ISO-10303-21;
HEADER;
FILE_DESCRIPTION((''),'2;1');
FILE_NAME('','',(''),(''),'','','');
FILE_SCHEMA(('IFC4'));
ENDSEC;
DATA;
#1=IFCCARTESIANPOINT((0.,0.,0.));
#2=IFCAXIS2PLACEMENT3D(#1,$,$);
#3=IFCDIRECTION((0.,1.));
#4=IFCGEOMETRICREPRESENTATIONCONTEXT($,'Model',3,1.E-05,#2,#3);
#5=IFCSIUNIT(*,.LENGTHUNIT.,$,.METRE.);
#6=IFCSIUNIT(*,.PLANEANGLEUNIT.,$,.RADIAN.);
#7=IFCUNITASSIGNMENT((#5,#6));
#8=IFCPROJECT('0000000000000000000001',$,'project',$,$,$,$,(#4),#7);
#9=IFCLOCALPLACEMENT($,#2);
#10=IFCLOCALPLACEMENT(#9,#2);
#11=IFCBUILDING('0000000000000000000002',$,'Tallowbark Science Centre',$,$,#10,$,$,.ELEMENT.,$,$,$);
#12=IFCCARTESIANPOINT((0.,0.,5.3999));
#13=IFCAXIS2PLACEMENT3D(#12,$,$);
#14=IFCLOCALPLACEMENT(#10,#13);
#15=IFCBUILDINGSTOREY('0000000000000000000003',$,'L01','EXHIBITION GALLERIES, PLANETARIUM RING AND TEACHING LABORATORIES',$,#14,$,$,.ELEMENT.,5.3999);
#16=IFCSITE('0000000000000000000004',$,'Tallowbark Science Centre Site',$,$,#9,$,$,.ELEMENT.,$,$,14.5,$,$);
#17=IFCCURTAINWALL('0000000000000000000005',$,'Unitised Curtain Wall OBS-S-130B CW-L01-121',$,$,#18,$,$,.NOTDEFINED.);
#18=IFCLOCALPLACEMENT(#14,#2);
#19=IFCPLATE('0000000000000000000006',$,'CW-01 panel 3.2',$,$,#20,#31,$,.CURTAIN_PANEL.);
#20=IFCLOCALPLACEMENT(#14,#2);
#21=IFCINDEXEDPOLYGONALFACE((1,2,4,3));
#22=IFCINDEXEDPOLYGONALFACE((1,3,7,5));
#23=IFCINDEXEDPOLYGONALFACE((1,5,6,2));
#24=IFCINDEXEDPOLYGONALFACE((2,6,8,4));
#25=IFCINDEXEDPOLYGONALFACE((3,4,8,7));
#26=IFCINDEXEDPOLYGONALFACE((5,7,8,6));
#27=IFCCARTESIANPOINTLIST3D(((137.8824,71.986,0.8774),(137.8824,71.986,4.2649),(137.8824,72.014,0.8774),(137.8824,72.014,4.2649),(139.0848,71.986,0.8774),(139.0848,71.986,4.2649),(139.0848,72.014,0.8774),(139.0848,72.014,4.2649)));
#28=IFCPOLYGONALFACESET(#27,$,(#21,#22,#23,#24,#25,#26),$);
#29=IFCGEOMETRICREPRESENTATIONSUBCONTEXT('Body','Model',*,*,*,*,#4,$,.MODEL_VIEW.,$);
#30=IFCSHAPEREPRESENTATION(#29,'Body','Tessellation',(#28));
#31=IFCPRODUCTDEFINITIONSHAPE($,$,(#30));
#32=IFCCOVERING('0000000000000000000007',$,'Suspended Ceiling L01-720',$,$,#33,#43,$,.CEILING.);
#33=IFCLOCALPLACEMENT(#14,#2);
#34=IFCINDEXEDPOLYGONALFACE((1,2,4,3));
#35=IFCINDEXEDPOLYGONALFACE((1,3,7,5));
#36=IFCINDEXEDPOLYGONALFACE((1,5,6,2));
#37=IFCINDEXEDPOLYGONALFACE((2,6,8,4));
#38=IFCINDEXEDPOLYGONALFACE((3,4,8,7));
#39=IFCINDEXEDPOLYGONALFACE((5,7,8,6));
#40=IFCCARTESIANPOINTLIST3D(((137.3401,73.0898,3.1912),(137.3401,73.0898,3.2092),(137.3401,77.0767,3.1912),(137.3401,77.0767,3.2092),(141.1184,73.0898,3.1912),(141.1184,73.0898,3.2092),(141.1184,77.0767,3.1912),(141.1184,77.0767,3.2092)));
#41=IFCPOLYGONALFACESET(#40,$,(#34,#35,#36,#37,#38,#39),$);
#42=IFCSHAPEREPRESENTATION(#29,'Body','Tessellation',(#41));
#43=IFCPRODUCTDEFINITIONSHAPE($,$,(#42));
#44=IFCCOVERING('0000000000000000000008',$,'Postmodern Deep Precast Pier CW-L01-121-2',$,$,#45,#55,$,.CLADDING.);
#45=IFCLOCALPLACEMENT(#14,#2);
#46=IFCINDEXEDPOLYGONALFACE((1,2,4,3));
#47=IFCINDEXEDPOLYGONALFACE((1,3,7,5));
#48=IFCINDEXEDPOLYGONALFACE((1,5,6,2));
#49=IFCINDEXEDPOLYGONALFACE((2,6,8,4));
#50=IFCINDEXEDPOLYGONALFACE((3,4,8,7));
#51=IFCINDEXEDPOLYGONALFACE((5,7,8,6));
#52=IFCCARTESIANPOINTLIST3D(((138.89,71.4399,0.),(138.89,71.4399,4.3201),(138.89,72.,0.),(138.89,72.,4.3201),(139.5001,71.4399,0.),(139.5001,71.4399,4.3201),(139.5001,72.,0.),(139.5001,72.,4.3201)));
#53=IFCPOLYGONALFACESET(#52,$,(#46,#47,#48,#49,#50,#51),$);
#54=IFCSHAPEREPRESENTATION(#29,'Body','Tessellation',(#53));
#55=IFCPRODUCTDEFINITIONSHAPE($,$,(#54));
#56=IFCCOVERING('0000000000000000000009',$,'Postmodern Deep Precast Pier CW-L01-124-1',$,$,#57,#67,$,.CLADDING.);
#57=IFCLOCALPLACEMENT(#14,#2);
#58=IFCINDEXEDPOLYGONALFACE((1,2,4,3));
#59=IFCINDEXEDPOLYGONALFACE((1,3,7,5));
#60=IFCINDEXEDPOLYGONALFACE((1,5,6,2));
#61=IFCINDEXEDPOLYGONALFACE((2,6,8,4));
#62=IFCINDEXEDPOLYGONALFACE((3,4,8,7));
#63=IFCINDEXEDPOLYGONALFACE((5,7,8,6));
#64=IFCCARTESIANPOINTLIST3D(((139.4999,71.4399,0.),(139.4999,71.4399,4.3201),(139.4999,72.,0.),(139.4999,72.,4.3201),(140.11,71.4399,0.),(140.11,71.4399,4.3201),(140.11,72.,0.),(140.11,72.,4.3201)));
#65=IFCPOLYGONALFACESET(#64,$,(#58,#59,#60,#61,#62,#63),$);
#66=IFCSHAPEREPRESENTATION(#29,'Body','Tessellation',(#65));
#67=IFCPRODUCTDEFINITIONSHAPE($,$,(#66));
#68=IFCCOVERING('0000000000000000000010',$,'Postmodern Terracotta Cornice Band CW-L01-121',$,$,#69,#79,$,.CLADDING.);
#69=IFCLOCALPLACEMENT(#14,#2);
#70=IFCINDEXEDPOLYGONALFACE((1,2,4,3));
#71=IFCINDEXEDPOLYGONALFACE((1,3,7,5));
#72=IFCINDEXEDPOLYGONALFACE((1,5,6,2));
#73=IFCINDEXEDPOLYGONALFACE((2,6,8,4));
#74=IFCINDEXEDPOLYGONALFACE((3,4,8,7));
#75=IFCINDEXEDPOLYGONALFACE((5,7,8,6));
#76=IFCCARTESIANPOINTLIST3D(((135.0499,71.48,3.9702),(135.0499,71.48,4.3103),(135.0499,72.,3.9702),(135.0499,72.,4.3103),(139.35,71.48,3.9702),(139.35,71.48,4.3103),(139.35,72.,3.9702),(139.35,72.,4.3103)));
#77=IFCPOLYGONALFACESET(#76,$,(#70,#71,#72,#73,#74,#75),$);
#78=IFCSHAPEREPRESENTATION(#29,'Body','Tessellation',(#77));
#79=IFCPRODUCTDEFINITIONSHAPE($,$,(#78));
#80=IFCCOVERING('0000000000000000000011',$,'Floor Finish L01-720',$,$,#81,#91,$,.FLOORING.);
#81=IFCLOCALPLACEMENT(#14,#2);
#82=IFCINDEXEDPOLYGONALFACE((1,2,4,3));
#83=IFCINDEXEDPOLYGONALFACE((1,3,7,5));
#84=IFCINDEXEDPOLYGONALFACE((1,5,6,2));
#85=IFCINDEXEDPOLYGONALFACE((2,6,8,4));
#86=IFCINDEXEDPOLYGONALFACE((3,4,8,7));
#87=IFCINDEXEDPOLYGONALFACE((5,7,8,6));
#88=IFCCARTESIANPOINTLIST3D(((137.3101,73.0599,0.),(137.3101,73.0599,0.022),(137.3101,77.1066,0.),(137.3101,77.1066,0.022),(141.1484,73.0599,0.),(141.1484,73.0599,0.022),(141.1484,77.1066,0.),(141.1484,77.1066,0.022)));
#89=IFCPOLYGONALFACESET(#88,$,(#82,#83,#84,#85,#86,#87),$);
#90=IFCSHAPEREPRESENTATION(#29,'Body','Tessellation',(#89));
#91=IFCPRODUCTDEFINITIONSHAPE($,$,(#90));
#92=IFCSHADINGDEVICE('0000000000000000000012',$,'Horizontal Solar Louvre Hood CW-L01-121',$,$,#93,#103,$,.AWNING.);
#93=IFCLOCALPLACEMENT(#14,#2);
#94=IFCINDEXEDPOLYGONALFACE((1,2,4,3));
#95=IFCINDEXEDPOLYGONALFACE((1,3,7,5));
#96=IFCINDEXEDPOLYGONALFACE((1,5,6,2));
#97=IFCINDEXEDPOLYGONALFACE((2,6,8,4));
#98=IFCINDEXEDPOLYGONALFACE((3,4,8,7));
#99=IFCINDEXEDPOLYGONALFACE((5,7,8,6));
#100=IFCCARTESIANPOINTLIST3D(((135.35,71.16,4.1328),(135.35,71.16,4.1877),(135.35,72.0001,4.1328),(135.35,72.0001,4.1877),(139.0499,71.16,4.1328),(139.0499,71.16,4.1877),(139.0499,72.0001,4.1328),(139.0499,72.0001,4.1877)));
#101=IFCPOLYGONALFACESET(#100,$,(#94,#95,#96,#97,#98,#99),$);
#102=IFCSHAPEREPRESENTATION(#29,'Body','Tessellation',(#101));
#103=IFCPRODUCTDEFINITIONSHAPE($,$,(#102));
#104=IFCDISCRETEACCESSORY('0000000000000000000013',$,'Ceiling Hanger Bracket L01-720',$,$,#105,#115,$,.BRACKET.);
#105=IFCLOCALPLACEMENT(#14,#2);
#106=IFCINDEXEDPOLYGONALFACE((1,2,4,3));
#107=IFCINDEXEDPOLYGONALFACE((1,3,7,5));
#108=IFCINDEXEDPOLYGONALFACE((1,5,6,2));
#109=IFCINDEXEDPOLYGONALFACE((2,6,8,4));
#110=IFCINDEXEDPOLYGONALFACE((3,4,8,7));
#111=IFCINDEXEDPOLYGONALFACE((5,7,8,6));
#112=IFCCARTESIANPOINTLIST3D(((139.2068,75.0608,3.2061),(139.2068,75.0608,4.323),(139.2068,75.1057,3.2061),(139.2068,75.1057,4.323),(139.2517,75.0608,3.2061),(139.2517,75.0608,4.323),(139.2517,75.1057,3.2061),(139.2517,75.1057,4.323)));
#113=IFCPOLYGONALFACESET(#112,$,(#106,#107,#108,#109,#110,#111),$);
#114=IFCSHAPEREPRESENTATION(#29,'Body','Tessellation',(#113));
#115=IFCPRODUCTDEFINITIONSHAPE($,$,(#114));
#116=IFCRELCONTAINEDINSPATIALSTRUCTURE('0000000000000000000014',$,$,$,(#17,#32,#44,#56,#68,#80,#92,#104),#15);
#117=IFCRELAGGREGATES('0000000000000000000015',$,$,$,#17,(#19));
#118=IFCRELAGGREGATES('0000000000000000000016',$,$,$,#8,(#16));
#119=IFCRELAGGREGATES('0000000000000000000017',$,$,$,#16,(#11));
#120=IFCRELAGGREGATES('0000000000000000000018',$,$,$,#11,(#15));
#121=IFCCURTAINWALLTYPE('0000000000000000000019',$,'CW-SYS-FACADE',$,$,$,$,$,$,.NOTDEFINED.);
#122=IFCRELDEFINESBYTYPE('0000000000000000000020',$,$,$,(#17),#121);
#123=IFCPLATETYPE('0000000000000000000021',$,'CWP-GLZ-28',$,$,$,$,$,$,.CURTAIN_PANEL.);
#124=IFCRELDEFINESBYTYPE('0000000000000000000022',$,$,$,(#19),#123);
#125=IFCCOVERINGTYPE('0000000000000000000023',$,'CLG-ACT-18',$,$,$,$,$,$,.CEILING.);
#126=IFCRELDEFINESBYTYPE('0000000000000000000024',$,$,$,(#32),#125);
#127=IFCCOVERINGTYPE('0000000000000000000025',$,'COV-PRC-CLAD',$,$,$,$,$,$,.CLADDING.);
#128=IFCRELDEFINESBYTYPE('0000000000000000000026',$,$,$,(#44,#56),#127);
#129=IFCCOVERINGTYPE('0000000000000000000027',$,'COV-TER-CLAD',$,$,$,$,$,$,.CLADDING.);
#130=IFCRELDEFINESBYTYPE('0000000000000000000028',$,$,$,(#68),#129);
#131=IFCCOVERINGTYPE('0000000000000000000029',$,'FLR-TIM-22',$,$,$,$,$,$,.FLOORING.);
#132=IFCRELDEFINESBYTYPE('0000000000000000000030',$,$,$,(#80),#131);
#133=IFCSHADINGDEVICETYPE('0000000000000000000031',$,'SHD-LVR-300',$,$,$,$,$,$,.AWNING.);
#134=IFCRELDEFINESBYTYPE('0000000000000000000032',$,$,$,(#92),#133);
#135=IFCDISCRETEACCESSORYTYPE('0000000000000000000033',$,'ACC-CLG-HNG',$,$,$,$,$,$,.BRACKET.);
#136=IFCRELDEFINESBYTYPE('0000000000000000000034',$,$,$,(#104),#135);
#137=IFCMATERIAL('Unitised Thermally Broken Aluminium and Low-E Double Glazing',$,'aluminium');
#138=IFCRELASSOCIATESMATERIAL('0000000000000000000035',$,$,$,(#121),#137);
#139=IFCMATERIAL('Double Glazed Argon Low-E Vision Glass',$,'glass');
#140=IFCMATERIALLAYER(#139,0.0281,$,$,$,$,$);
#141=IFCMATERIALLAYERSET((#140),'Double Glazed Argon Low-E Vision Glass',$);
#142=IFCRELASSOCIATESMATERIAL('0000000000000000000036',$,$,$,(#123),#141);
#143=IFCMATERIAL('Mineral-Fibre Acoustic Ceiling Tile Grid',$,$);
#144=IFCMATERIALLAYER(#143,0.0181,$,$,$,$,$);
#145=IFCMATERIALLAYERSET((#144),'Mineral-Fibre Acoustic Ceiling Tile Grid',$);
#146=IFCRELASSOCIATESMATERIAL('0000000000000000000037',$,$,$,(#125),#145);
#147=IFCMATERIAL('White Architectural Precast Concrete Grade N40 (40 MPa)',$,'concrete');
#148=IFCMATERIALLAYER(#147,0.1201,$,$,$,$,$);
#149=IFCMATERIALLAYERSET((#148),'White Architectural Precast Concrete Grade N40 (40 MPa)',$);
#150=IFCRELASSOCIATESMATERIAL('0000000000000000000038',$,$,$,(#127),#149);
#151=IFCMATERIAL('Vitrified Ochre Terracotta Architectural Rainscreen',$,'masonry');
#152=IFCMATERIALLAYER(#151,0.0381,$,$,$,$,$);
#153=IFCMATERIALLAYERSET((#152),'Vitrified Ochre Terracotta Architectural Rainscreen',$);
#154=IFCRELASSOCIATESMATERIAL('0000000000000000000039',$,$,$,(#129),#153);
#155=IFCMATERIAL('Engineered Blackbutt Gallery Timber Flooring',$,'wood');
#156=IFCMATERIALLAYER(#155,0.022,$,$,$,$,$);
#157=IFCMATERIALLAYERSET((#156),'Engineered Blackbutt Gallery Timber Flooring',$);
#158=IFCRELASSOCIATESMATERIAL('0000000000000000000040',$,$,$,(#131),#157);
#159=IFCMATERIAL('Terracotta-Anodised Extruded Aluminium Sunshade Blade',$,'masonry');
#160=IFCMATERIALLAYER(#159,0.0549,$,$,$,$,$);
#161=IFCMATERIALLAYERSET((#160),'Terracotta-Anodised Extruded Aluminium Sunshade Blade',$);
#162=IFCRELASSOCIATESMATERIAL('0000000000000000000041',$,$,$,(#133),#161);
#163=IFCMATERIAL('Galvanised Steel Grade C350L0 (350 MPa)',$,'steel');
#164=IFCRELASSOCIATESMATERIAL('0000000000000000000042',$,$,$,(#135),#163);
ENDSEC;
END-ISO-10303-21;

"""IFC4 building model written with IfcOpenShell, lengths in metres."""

from ifc_helpers import new_model, si_unit, direction, frame, origin, origin_2d, place, context, subcontext, project, spatial, rectangle, extrude, material, layer, layer_set, type_object, element, aggregate, save


model = new_model("IFC4")

# Units and contexts
model_context = context("Model", 3, precision=1e-05, world=origin(), true_north=direction((0.0, 1.0)))
body_context = subcontext(model_context, "Body", "Model", "MODEL_VIEW")
ifc_project = project(units=[si_unit("LENGTHUNIT", "METRE"), si_unit("PLANEANGLEUNIT", "RADIAN")], contexts=[model_context])

# Site, building, storey
site_placement = place(None, origin())
site = spatial("IfcSite", under=ifc_project, at=site_placement, Name="Tallowbark Science Centre Site", CompositionType="ELEMENT", RefElevation=14.5)
building_placement = place(site_placement, origin())
building = spatial("IfcBuilding", under=site, at=building_placement, Name="Tallowbark Science Centre", CompositionType="ELEMENT")
storey_placement = place(building_placement, frame((0.0, 0.0, 5.3999)))
storey = spatial("IfcBuildingStorey", under=building, at=storey_placement, Name="L01", Description="EXHIBITION GALLERIES, PLANETARIUM RING AND TEACHING LABORATORIES", CompositionType="ELEMENT", Elevation=5.3999)

# Curtain wall
ifc_material_1 = material(Name="Unitised Thermally Broken Aluminium and Low-E Double Glazing", Category="aluminium")
curtain_wall_type = type_object("IfcCurtainWallType", Name="CW-SYS-FACADE", PredefinedType="NOTDEFINED", material=ifc_material_1)
curtain_wall_placement = place(storey_placement, origin())
curtain_wall = element("IfcCurtainWall", 1, at=curtain_wall_placement, inside=storey, type_object=curtain_wall_type, Name="Unitised Curtain Wall OBS-S-130B CW-L01-121", PredefinedType="NOTDEFINED")

# Plate
ifc_material_2 = material(Name="Double Glazed Argon Low-E Vision Glass", Category="glass")
ifc_layer_1 = layer(ifc_material_2, 0.0281)
ifc_layer_set_1 = layer_set([ifc_layer_1], Name="Double Glazed Argon Low-E Vision Glass")
plate_type = type_object("IfcPlateType", Name="CWP-GLZ-28", PredefinedType="CURTAIN_PANEL", material=ifc_layer_set_1)
plate_1_placement = place(storey_placement, frame((138.4836, 72.0, 0.8774), z_axis=(0.0, 0.0, 1.0), x_axis=(1.0, 0.0, 0.0)))
plate_1 = element("IfcPlate", 2, at=plate_1_placement, type_object=plate_type, Name="CW-01 panel 3.2", PredefinedType="CURTAIN_PANEL", context=body_context, shape_type="SweptSolid", body=[
    extrude(rectangle(XDim=1.2024, YDim=0.0281, at=origin_2d()), origin(), (0.0, 0.0, 1.0), 3.3875),
])
aggregate(curtain_wall, [plate_1])

# Coverings
ifc_material_3 = material(Name="Mineral-Fibre Acoustic Ceiling Tile Grid")
ifc_layer_2 = layer(ifc_material_3, 0.0181)
ifc_layer_set_2 = layer_set([ifc_layer_2], Name="Mineral-Fibre Acoustic Ceiling Tile Grid")
covering_type_1 = type_object("IfcCoveringType", Name="CLG-ACT-18", PredefinedType="CEILING", material=ifc_layer_set_2)
covering_1_placement = place(storey_placement, frame((139.2292, 75.0833, 3.1912), z_axis=(0.0, 0.0, 1.0), x_axis=(1.0, 0.0, 0.0)))
element("IfcCovering", 3, at=covering_1_placement, inside=storey, type_object=covering_type_1, Name="Suspended Ceiling L01-720", PredefinedType="CEILING", context=body_context, shape_type="SweptSolid", body=[
    extrude(rectangle(XDim=3.7783, YDim=3.9868, at=origin_2d()), origin(), (0.0, 0.0, 1.0), 0.0181),
])
ifc_material_4 = material(Name="White Architectural Precast Concrete Grade N40 (40 MPa)", Category="concrete")
ifc_layer_3 = layer(ifc_material_4, 0.1201)
ifc_layer_set_3 = layer_set([ifc_layer_3], Name="White Architectural Precast Concrete Grade N40 (40 MPa)")
covering_type_2 = type_object("IfcCoveringType", Name="COV-PRC-CLAD", PredefinedType="CLADDING", material=ifc_layer_set_3)
for number, where, z_axis, x_axis, name in (
    (4, (139.1951, 71.72, 0.0), (0.0, 0.0, 1.0), (1.0, 0.0, 0.0), "Postmodern Deep Precast Pier CW-L01-121-2"),
    (5, (139.8049, 71.72, 0.0), (0.0, 0.0, 1.0), (1.0, 0.0, 0.0), "Postmodern Deep Precast Pier CW-L01-124-1"),
):
    element("IfcCovering", number, at=place(storey_placement, frame(where, z_axis=z_axis, x_axis=x_axis)), inside=storey, type_object=covering_type_2, Name=name, PredefinedType="CLADDING", context=body_context, shape_type="SweptSolid", body=[
        extrude(rectangle(XDim=0.6101, YDim=0.5601, at=origin_2d()), origin(), (0.0, 0.0, 1.0), 4.3201),
    ])
ifc_material_5 = material(Name="Vitrified Ochre Terracotta Architectural Rainscreen", Category="masonry")
ifc_layer_4 = layer(ifc_material_5, 0.0381)
ifc_layer_set_4 = layer_set([ifc_layer_4], Name="Vitrified Ochre Terracotta Architectural Rainscreen")
covering_type_3 = type_object("IfcCoveringType", Name="COV-TER-CLAD", PredefinedType="CLADDING", material=ifc_layer_set_4)
covering_2_placement = place(storey_placement, frame((137.2, 71.74, 3.9702), z_axis=(0.0, 0.0, 1.0), x_axis=(1.0, 0.0, 0.0)))
element("IfcCovering", 6, at=covering_2_placement, inside=storey, type_object=covering_type_3, Name="Postmodern Terracotta Cornice Band CW-L01-121", PredefinedType="CLADDING", context=body_context, shape_type="SweptSolid", body=[
    extrude(rectangle(XDim=4.3, YDim=0.52, at=origin_2d()), origin(), (0.0, 0.0, 1.0), 0.3401),
])
ifc_material_6 = material(Name="Engineered Blackbutt Gallery Timber Flooring", Category="wood")
ifc_layer_5 = layer(ifc_material_6, 0.022)
ifc_layer_set_5 = layer_set([ifc_layer_5], Name="Engineered Blackbutt Gallery Timber Flooring")
covering_type_4 = type_object("IfcCoveringType", Name="FLR-TIM-22", PredefinedType="FLOORING", material=ifc_layer_set_5)
covering_3_placement = place(storey_placement, frame((139.2292, 75.0833, 0.0), z_axis=(0.0, 0.0, 1.0), x_axis=(1.0, 0.0, 0.0)))
element("IfcCovering", 7, at=covering_3_placement, inside=storey, type_object=covering_type_4, Name="Floor Finish L01-720", PredefinedType="FLOORING", context=body_context, shape_type="SweptSolid", body=[
    extrude(rectangle(XDim=3.8384, YDim=4.0466, at=origin_2d()), origin(), (0.0, 0.0, 1.0), 0.022),
])

# Shading device
ifc_material_7 = material(Name="Terracotta-Anodised Extruded Aluminium Sunshade Blade", Category="masonry")
ifc_layer_6 = layer(ifc_material_7, 0.0549)
ifc_layer_set_6 = layer_set([ifc_layer_6], Name="Terracotta-Anodised Extruded Aluminium Sunshade Blade")
shading_device_type = type_object("IfcShadingDeviceType", Name="SHD-LVR-300", PredefinedType="AWNING", material=ifc_layer_set_6)
shading_device_placement = place(storey_placement, frame((137.2, 71.5801, 4.1328), z_axis=(0.0, 0.0, 1.0), x_axis=(1.0, 0.0, 0.0)))
element("IfcShadingDevice", 8, at=shading_device_placement, inside=storey, type_object=shading_device_type, Name="Horizontal Solar Louvre Hood CW-L01-121", PredefinedType="AWNING", context=body_context, shape_type="SweptSolid", body=[
    extrude(rectangle(XDim=3.7, YDim=0.8401, at=origin_2d()), origin(), (0.0, 0.0, 1.0), 0.0549),
])

# Discrete accessory
ifc_material_8 = material(Name="Galvanised Steel Grade C350L0 (350 MPa)", Category="steel")
discrete_accessory_type = type_object("IfcDiscreteAccessoryType", Name="ACC-CLG-HNG", PredefinedType="BRACKET", material=ifc_material_8)
discrete_accessory_placement = place(storey_placement, frame((139.2292, 75.0833, 3.2061), z_axis=(0.0, 0.0, 1.0), x_axis=(1.0, 0.0, 0.0)))
element("IfcDiscreteAccessory", 9, at=discrete_accessory_placement, inside=storey, type_object=discrete_accessory_type, Name="Ceiling Hanger Bracket L01-720", PredefinedType="BRACKET", context=body_context, shape_type="SweptSolid", body=[
    extrude(rectangle(XDim=0.0449, YDim=0.0449, at=origin_2d()), origin(), (0.0, 0.0, 1.0), 1.1169),
])

save(model, "model.ifc")
